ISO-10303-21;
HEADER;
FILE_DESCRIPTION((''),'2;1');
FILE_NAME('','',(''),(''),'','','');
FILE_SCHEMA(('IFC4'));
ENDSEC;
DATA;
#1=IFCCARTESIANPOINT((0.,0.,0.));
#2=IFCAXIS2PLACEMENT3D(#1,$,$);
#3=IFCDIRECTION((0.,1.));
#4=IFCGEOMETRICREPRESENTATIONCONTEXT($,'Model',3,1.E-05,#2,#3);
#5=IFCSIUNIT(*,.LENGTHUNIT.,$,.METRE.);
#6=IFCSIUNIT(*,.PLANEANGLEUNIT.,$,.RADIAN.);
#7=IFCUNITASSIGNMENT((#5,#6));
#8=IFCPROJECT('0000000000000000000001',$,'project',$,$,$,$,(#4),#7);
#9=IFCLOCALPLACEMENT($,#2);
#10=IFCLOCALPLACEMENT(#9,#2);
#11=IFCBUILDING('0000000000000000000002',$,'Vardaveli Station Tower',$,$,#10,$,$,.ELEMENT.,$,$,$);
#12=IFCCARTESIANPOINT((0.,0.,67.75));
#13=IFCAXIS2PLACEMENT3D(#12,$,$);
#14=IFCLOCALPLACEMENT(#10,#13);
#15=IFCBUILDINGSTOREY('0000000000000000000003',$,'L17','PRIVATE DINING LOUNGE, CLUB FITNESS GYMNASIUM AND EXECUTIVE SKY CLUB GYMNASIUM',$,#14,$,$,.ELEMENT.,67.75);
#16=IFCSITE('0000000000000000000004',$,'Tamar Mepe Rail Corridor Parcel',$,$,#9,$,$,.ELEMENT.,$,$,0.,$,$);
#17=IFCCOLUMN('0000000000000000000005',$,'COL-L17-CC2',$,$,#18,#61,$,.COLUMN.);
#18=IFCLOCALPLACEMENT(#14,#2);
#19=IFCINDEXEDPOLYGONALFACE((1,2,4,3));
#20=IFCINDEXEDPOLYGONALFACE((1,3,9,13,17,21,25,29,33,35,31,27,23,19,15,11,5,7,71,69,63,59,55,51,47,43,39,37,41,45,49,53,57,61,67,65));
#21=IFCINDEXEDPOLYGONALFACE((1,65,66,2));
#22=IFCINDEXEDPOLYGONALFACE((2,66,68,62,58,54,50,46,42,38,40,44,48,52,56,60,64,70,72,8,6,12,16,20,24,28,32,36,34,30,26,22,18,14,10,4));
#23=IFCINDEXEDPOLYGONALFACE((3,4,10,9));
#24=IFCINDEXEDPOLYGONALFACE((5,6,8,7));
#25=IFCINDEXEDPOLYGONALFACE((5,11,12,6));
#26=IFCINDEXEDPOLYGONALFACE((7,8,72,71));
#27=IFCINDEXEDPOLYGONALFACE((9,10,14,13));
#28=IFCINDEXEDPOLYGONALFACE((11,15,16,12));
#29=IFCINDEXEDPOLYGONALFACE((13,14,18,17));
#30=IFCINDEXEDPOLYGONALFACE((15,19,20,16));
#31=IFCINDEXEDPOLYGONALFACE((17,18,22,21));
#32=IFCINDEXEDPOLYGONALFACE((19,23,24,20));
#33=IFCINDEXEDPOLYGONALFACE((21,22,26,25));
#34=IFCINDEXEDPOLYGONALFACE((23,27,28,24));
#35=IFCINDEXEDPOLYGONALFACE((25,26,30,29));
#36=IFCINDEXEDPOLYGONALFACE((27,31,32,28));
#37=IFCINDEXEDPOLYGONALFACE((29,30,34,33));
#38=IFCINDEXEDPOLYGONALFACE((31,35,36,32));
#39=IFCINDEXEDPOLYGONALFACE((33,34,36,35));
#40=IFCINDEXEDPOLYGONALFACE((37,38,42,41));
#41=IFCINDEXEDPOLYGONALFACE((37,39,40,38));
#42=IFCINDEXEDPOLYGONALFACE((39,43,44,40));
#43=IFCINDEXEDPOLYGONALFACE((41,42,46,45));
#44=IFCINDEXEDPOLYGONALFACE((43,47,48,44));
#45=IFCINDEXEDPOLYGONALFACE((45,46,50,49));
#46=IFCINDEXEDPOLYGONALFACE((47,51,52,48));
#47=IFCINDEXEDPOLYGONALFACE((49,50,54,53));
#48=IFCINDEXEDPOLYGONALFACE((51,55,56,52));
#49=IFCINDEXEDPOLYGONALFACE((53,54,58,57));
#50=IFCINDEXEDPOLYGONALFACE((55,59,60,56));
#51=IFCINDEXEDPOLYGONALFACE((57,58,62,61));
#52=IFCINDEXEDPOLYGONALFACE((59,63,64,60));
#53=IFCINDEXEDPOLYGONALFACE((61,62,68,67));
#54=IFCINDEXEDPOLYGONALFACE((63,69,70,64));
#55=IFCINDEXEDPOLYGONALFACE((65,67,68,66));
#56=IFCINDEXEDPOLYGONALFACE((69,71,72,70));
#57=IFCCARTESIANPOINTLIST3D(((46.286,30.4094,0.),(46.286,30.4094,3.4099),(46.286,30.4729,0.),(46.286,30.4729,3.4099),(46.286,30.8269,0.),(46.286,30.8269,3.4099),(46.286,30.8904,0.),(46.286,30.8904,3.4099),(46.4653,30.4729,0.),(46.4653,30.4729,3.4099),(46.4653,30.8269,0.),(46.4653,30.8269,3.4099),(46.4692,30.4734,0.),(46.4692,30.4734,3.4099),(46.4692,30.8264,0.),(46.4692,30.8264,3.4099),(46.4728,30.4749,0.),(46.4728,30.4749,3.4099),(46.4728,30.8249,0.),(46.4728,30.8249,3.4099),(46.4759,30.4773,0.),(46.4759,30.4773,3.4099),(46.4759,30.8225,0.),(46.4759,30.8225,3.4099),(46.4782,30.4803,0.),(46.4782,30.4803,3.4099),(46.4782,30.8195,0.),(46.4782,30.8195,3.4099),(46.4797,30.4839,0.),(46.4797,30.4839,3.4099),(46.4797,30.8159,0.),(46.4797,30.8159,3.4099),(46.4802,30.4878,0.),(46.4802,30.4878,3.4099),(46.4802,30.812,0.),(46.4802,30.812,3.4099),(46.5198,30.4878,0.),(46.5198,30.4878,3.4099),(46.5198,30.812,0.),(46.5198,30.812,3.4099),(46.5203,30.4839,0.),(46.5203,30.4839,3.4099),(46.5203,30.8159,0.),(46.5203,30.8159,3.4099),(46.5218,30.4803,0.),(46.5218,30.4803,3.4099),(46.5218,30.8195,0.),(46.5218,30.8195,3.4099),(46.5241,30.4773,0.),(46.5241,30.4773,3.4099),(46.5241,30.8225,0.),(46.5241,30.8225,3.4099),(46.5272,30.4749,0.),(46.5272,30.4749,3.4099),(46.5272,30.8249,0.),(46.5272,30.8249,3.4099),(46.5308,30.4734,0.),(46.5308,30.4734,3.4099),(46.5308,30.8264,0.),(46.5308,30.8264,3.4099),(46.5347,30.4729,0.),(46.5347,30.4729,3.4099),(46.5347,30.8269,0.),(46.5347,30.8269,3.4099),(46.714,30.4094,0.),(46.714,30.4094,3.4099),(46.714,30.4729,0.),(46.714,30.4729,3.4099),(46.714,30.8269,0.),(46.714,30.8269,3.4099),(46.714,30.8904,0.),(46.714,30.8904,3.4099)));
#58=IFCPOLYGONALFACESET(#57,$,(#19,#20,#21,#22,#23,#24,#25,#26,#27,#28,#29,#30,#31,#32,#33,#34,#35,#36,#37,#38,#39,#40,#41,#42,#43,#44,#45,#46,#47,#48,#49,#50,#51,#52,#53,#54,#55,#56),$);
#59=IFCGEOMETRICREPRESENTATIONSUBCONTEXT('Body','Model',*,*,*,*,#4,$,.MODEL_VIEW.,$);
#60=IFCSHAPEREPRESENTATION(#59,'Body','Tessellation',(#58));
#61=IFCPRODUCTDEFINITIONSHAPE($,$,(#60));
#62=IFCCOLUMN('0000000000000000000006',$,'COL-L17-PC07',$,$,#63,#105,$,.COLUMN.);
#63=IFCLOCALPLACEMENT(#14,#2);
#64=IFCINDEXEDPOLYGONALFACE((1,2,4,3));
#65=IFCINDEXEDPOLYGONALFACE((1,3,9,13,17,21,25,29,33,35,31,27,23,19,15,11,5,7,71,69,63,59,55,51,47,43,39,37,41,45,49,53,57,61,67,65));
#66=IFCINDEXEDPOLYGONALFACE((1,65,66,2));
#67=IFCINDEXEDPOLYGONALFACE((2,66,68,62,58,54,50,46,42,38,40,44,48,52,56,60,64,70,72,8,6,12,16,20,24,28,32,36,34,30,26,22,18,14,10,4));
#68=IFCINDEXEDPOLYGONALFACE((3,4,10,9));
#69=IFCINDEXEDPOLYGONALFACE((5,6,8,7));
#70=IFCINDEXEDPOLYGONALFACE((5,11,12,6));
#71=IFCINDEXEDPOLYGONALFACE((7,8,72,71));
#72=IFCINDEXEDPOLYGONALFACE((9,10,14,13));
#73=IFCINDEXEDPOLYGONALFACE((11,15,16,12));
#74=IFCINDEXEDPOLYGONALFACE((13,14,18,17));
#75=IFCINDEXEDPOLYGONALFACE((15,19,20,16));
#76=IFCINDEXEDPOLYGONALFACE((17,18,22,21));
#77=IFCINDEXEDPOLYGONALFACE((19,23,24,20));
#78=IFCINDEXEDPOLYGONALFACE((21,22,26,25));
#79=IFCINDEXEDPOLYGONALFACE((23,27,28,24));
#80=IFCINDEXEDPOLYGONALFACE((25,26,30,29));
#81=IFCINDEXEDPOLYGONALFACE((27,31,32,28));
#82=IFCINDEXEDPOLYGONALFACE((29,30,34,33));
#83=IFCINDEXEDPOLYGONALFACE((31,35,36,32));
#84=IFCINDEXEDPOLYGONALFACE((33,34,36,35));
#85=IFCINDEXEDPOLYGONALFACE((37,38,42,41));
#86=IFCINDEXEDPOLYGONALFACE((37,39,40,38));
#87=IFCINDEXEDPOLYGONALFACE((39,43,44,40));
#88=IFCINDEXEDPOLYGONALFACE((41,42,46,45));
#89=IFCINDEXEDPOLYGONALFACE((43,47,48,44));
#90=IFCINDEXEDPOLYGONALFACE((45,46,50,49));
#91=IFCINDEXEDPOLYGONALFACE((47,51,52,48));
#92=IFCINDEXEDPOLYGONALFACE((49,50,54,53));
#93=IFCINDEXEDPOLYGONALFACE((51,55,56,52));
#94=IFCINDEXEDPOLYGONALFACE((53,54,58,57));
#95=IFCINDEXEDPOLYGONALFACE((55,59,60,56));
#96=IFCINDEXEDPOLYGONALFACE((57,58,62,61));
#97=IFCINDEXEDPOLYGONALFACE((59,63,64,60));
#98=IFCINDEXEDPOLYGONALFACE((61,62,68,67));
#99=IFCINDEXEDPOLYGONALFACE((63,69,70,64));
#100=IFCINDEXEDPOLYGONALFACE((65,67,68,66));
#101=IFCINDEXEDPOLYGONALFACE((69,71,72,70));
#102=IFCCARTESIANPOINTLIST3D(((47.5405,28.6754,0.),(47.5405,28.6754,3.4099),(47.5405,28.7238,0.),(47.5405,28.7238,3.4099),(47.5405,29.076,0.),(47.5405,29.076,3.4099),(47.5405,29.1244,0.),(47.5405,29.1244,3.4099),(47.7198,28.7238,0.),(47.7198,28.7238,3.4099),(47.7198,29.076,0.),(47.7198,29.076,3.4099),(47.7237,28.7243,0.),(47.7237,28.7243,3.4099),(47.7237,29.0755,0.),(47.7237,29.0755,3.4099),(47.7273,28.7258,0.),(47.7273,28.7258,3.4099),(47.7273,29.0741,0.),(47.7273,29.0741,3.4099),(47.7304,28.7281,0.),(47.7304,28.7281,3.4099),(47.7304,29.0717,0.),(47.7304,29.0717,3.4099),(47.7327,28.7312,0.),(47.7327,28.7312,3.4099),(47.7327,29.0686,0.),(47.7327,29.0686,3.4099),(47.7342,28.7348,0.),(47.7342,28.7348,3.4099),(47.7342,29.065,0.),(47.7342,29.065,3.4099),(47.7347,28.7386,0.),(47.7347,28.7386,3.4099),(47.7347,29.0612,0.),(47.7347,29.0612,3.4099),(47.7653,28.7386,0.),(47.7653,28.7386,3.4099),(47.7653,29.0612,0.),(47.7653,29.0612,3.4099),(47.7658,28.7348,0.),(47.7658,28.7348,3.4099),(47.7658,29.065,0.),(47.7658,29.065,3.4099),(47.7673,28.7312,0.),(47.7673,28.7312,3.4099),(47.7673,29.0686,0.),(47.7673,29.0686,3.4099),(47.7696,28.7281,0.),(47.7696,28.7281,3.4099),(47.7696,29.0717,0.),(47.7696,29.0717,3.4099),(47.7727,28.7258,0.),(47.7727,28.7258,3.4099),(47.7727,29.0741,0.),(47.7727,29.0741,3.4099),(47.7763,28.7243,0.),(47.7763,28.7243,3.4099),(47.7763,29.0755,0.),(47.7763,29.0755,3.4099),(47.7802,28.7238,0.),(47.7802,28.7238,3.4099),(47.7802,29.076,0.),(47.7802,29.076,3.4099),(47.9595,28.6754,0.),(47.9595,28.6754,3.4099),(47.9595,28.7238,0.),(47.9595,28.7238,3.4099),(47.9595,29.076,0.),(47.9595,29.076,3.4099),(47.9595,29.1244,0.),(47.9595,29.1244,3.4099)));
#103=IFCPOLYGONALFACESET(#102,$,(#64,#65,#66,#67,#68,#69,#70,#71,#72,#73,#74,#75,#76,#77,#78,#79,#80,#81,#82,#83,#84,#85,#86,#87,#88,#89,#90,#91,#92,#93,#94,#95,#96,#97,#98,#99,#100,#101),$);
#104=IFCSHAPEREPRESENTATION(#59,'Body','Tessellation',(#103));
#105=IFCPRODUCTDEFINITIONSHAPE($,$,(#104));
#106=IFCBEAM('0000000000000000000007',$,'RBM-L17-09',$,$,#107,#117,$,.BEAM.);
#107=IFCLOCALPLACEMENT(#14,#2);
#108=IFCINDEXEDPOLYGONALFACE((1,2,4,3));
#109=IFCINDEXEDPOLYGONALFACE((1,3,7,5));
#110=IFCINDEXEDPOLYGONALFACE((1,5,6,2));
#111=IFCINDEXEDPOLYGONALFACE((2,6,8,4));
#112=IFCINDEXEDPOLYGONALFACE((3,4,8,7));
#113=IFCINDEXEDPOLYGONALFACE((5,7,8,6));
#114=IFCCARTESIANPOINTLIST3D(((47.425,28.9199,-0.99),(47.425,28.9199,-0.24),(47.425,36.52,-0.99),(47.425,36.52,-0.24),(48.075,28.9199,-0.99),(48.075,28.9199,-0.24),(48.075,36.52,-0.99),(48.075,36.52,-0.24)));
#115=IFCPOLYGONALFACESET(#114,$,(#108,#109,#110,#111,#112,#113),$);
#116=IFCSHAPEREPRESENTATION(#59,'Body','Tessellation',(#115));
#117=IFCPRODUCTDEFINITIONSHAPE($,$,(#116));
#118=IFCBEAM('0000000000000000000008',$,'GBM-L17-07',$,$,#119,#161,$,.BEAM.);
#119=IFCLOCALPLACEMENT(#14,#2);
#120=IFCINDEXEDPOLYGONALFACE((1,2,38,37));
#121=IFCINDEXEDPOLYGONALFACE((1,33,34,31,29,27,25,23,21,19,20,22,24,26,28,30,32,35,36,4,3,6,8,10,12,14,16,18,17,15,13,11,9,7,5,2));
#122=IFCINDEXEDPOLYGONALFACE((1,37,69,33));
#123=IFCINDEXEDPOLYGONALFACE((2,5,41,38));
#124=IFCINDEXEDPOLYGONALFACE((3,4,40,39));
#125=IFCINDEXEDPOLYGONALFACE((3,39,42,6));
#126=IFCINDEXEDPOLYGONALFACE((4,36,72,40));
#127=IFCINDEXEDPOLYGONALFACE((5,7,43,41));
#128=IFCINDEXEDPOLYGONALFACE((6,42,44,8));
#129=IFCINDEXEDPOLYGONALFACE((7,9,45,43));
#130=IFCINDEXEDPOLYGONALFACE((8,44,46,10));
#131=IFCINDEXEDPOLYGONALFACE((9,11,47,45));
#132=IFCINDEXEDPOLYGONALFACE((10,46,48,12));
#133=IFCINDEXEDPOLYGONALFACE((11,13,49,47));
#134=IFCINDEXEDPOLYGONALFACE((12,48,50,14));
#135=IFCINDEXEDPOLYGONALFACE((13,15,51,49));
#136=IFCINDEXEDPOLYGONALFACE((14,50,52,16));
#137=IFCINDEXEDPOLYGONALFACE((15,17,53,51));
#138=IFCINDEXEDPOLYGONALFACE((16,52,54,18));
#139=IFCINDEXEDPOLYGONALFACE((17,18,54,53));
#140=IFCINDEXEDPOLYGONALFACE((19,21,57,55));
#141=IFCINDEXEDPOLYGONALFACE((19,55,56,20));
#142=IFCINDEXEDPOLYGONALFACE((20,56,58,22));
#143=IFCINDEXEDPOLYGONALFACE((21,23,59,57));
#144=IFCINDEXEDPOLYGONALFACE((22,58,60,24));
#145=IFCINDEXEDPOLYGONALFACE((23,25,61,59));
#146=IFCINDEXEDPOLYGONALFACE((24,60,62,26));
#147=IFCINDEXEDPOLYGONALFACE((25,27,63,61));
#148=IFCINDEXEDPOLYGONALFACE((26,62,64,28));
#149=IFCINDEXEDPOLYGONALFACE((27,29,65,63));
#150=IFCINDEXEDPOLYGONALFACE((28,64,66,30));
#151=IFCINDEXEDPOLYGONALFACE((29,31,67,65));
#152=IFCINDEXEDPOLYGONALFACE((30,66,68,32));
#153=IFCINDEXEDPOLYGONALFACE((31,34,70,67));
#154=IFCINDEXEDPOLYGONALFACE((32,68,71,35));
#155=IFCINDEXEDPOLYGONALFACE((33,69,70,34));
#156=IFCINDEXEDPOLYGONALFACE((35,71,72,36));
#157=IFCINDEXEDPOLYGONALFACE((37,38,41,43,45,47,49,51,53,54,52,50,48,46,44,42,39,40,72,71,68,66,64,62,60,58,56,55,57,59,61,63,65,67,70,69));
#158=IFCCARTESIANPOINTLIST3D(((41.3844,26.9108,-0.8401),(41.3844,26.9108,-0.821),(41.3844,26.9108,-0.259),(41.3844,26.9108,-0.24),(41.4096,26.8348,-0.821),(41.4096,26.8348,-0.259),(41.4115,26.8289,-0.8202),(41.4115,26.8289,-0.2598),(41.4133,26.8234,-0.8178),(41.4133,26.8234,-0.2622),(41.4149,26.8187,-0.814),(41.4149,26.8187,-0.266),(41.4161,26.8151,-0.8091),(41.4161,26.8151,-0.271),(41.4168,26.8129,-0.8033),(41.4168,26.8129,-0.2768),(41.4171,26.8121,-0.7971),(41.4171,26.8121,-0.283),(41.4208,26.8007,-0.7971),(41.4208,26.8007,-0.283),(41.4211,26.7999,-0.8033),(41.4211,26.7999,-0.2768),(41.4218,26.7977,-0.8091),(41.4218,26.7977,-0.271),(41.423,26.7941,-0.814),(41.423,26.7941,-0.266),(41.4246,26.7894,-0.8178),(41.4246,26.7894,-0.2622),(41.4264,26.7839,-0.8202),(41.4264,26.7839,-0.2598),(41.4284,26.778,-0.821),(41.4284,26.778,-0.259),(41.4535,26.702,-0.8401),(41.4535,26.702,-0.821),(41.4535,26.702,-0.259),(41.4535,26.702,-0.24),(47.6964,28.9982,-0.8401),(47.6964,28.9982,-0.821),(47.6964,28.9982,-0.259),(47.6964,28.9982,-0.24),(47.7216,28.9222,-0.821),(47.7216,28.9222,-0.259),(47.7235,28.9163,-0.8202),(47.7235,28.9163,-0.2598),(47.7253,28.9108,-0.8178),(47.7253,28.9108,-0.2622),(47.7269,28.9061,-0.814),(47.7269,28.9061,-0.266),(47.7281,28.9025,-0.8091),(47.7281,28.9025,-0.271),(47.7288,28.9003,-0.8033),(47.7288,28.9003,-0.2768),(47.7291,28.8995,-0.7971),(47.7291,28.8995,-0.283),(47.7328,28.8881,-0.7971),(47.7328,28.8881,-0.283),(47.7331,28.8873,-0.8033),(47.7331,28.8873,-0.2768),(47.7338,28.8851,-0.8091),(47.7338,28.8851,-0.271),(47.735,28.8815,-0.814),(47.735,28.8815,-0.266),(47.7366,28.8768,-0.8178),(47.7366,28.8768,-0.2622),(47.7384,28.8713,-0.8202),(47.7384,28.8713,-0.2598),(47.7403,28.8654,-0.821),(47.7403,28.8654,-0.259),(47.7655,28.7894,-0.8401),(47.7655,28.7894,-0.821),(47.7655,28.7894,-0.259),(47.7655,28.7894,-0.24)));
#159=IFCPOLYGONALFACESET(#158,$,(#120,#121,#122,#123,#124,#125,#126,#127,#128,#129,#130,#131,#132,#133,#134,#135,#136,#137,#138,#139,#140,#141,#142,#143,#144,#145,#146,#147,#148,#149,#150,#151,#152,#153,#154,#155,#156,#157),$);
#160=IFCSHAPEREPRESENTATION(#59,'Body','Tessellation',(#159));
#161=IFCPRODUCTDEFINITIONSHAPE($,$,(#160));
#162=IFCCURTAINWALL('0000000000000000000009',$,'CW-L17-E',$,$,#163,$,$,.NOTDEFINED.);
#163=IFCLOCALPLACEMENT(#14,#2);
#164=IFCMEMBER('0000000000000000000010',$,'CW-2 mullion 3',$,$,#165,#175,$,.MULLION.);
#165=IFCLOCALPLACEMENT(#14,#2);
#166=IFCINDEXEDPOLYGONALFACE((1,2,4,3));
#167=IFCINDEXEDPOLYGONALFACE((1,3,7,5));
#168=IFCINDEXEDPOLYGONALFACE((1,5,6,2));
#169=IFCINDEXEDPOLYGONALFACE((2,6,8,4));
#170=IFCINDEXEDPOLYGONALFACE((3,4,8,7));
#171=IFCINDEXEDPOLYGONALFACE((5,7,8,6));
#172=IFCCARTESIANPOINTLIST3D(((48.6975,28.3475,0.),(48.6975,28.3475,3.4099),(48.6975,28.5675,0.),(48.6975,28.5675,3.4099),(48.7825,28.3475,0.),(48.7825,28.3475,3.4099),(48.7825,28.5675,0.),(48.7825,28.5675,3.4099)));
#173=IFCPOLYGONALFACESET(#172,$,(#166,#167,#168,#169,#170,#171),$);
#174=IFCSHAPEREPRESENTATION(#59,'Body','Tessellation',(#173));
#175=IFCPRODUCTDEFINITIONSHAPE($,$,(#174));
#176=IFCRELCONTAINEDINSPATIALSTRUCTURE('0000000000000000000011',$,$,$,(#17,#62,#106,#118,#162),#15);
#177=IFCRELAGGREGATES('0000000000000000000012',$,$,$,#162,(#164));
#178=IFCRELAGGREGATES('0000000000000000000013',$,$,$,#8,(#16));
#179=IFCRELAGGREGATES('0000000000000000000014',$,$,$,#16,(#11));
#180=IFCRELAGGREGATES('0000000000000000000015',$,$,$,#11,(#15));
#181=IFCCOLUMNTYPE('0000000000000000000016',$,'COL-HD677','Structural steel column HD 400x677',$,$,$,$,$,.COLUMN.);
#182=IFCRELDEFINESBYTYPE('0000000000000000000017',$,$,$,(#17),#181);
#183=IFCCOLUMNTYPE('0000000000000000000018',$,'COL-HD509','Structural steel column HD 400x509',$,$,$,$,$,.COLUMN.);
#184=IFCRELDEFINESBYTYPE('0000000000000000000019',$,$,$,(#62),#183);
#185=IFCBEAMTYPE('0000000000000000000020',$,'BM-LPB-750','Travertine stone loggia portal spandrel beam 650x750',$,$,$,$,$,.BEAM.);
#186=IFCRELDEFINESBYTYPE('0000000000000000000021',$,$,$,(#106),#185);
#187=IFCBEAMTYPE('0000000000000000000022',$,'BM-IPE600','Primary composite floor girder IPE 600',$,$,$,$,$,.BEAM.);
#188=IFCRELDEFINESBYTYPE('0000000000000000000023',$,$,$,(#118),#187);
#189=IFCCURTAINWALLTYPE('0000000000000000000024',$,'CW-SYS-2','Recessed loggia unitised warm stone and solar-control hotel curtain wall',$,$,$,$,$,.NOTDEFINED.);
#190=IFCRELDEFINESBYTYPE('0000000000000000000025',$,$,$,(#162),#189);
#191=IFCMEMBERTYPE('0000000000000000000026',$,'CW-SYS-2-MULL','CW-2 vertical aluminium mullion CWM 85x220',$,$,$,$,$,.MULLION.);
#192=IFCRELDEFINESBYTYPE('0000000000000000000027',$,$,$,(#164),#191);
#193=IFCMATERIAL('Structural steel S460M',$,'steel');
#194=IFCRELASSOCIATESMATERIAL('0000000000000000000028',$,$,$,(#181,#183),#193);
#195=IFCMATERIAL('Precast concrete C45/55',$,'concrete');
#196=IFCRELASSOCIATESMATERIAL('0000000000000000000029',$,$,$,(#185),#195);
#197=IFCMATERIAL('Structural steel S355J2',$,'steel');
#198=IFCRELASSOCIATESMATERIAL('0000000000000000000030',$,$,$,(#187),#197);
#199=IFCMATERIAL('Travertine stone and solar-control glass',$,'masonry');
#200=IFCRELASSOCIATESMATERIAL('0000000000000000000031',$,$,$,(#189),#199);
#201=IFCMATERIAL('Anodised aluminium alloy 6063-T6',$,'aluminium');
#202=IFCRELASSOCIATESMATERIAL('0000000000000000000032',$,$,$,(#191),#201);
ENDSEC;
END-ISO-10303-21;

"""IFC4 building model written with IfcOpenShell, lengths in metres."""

from ifc_helpers import new_model, si_unit, direction, frame, origin, origin_2d, place, context, subcontext, project, spatial, rectangle, i_section, extrude, source, transform, mapped, material, material_profile, profile_set, type_object, element, aggregate, save


model = new_model("IFC4")

# Units and contexts
model_context = context("Model", 3, precision=1e-05, world=origin(), true_north=direction((0.0, 1.0)))
body_context = subcontext(model_context, "Body", "Model", "MODEL_VIEW")
ifc_project = project(units=[si_unit("LENGTHUNIT", "METRE"), si_unit("PLANEANGLEUNIT", "RADIAN")], contexts=[model_context])

# Site, building, storey
site_placement = place(None, origin())
site = spatial("IfcSite", under=ifc_project, at=site_placement, Name="Tamar Mepe Rail Corridor Parcel", CompositionType="ELEMENT", RefElevation=0.0)
building_placement = place(site_placement, origin())
building = spatial("IfcBuilding", under=site, at=building_placement, Name="Vardaveli Station Tower", CompositionType="ELEMENT")
storey_placement = place(building_placement, frame((0.0, 0.0, 67.75)))
storey = spatial("IfcBuildingStorey", under=building, at=storey_placement, Name="L17", Description="PRIVATE DINING LOUNGE, CLUB FITNESS GYMNASIUM AND EXECUTIVE SKY CLUB GYMNASIUM", CompositionType="ELEMENT", Elevation=67.75)

# Columns
ifc_material_1 = material(Name="Structural steel S460M", Category="steel")
ifc_material_profile_1 = material_profile(ifc_material_1, i_section(OverallWidth=0.428, OverallDepth=0.481, WebThickness=0.0396, FlangeThickness=0.0635, FilletRadius=0.0149, at=origin_2d()), Name="HD 400x677")
ifc_profile_set_1 = profile_set([ifc_material_profile_1], Name="Structural steel S460M")
column_type_1 = type_object("IfcColumnType", Name="COL-HD677", Description="Structural steel column HD 400x677", PredefinedType="COLUMN", material=ifc_profile_set_1)
shared_shape_1 = source(origin(), body_context, "Body", "SweptSolid", [
    extrude(i_section(OverallWidth=0.428, OverallDepth=0.481, WebThickness=0.0396, FlangeThickness=0.0635, FilletRadius=0.0149, at=origin_2d()), origin(), (0.0, 0.0, 1.0), 3.4099),
])
column_1_placement = place(storey_placement, frame((46.5, 30.6499, 0.0), z_axis=(0.0, 0.0, 1.0), x_axis=(1.0, 0.0, 0.0)))
element("IfcColumn", 1, at=column_1_placement, inside=storey, type_object=column_type_1, Name="COL-L17-CC2", PredefinedType="COLUMN", context=body_context, shape_type="MappedRepresentation", body=[
    mapped(shared_shape_1, transform((0.0, 0.0, 0.0), scale=1.0)),
])
ifc_material_profile_2 = material_profile(ifc_material_1, i_section(OverallWidth=0.4189, OverallDepth=0.449, WebThickness=0.0305, FlangeThickness=0.0483, FilletRadius=0.0149, at=origin_2d()), Name="HD 400x509")
ifc_profile_set_2 = profile_set([ifc_material_profile_2], Name="Structural steel S460M")
column_type_2 = type_object("IfcColumnType", Name="COL-HD509", Description="Structural steel column HD 400x509", PredefinedType="COLUMN", material=ifc_profile_set_2)
shared_shape_2 = source(origin(), body_context, "Body", "SweptSolid", [
    extrude(i_section(OverallWidth=0.4189, OverallDepth=0.449, WebThickness=0.0305, FlangeThickness=0.0483, FilletRadius=0.0149, at=origin_2d()), origin(), (0.0, 0.0, 1.0), 3.4099),
])
column_2_placement = place(storey_placement, frame((47.75, 28.8999, 0.0), z_axis=(0.0, 0.0, 1.0), x_axis=(1.0, 0.0, 0.0)))
element("IfcColumn", 2, at=column_2_placement, inside=storey, type_object=column_type_2, Name="COL-L17-PC07", PredefinedType="COLUMN", context=body_context, shape_type="MappedRepresentation", body=[
    mapped(shared_shape_2, transform((0.0, 0.0, 0.0), scale=1.0)),
])

# Beams
ifc_material_2 = material(Name="Precast concrete C45/55", Category="concrete")
ifc_material_profile_3 = material_profile(ifc_material_2, rectangle(XDim=0.6499, YDim=0.75, at=origin_2d()), Name="LPB 650x750")
ifc_profile_set_3 = profile_set([ifc_material_profile_3], Name="Precast concrete C45/55")
beam_type_1 = type_object("IfcBeamType", Name="BM-LPB-750", Description="Travertine stone loggia portal spandrel beam 650x750", PredefinedType="BEAM", material=ifc_profile_set_3)
shared_shape_3 = source(origin(), body_context, "Body", "SweptSolid", [
    extrude(rectangle(XDim=0.6499, YDim=0.75, at=origin_2d()), origin(), (0.0, 0.0, 1.0), 7.6001),
])
beam_1_placement = place(storey_placement, frame((47.75, 28.9199, -0.615), z_axis=(0.0, 1.0, 0.0), x_axis=(-1.0, 0.0, 0.0)))
element("IfcBeam", 3, at=beam_1_placement, inside=storey, type_object=beam_type_1, Name="RBM-L17-09", PredefinedType="BEAM", context=body_context, shape_type="MappedRepresentation", body=[
    mapped(shared_shape_3, transform((0.0, 0.0, 0.0), scale=1.0)),
])
ifc_material_3 = material(Name="Structural steel S355J2", Category="steel")
ifc_material_profile_4 = material_profile(ifc_material_3, i_section(OverallWidth=0.22, OverallDepth=0.6001, WebThickness=0.012, FlangeThickness=0.019, FilletRadius=0.0239, at=origin_2d()), Name="IPE 600")
ifc_profile_set_4 = profile_set([ifc_material_profile_4], Name="Structural steel S355J2")
beam_type_2 = type_object("IfcBeamType", Name="BM-IPE600", Description="Primary composite floor girder IPE 600", PredefinedType="BEAM", material=ifc_profile_set_4)
shared_shape_4 = source(origin(), body_context, "Body", "SweptSolid", [
    extrude(i_section(OverallWidth=0.22, OverallDepth=0.6001, WebThickness=0.012, FlangeThickness=0.019, FilletRadius=0.0239, at=origin_2d()), origin(), (0.0, 0.0, 1.0), 6.6482),
])
beam_2_placement = place(storey_placement, frame((47.731, 28.8938, -0.54), z_axis=(-0.94943, -0.313979, 0.0), x_axis=(0.313979, -0.94943, 0.0)))
element("IfcBeam", 4, at=beam_2_placement, inside=storey, type_object=beam_type_2, Name="GBM-L17-07", PredefinedType="BEAM", context=body_context, shape_type="MappedRepresentation", body=[
    mapped(shared_shape_4, transform((0.0, 0.0, 0.0), scale=1.0)),
])

# Curtain wall, member
ifc_material_4 = material(Name="Travertine stone and solar-control glass", Category="masonry")
curtain_wall_type = type_object("IfcCurtainWallType", Name="CW-SYS-2", Description="Recessed loggia unitised warm stone and solar-control hotel curtain wall", PredefinedType="NOTDEFINED", material=ifc_material_4)
curtain_wall_placement = place(storey_placement, origin())
curtain_wall = element("IfcCurtainWall", 5, at=curtain_wall_placement, inside=storey, type_object=curtain_wall_type, Name="CW-L17-E", PredefinedType="NOTDEFINED")
ifc_material_5 = material(Name="Anodised aluminium alloy 6063-T6", Category="aluminium")
ifc_material_profile_5 = material_profile(ifc_material_5, rectangle(XDim=0.085, YDim=0.22, at=origin_2d()), Name="CWM 85x220")
ifc_profile_set_5 = profile_set([ifc_material_profile_5], Name="Anodised aluminium alloy 6063-T6")
member_type = type_object("IfcMemberType", Name="CW-SYS-2-MULL", Description="CW-2 vertical aluminium mullion CWM 85x220", PredefinedType="MULLION", material=ifc_profile_set_5)
shared_shape_5 = source(origin(), body_context, "Body", "SweptSolid", [
    extrude(rectangle(XDim=0.085, YDim=0.22, at=origin_2d()), origin(), (0.0, 0.0, 1.0), 3.4099),
])
member_placement = place(storey_placement, frame((48.74, 28.4575, 0.0), z_axis=(0.0, 0.0, 1.0), x_axis=(-1.0, 0.0, 0.0)))
member = element("IfcMember", 6, at=member_placement, type_object=member_type, Name="CW-2 mullion 3", PredefinedType="MULLION", context=body_context, shape_type="MappedRepresentation", body=[
    mapped(shared_shape_5, transform((0.0, 0.0, 0.0), scale=1.0)),
])
aggregate(curtain_wall, [member])

save(model, "model.ifc")
